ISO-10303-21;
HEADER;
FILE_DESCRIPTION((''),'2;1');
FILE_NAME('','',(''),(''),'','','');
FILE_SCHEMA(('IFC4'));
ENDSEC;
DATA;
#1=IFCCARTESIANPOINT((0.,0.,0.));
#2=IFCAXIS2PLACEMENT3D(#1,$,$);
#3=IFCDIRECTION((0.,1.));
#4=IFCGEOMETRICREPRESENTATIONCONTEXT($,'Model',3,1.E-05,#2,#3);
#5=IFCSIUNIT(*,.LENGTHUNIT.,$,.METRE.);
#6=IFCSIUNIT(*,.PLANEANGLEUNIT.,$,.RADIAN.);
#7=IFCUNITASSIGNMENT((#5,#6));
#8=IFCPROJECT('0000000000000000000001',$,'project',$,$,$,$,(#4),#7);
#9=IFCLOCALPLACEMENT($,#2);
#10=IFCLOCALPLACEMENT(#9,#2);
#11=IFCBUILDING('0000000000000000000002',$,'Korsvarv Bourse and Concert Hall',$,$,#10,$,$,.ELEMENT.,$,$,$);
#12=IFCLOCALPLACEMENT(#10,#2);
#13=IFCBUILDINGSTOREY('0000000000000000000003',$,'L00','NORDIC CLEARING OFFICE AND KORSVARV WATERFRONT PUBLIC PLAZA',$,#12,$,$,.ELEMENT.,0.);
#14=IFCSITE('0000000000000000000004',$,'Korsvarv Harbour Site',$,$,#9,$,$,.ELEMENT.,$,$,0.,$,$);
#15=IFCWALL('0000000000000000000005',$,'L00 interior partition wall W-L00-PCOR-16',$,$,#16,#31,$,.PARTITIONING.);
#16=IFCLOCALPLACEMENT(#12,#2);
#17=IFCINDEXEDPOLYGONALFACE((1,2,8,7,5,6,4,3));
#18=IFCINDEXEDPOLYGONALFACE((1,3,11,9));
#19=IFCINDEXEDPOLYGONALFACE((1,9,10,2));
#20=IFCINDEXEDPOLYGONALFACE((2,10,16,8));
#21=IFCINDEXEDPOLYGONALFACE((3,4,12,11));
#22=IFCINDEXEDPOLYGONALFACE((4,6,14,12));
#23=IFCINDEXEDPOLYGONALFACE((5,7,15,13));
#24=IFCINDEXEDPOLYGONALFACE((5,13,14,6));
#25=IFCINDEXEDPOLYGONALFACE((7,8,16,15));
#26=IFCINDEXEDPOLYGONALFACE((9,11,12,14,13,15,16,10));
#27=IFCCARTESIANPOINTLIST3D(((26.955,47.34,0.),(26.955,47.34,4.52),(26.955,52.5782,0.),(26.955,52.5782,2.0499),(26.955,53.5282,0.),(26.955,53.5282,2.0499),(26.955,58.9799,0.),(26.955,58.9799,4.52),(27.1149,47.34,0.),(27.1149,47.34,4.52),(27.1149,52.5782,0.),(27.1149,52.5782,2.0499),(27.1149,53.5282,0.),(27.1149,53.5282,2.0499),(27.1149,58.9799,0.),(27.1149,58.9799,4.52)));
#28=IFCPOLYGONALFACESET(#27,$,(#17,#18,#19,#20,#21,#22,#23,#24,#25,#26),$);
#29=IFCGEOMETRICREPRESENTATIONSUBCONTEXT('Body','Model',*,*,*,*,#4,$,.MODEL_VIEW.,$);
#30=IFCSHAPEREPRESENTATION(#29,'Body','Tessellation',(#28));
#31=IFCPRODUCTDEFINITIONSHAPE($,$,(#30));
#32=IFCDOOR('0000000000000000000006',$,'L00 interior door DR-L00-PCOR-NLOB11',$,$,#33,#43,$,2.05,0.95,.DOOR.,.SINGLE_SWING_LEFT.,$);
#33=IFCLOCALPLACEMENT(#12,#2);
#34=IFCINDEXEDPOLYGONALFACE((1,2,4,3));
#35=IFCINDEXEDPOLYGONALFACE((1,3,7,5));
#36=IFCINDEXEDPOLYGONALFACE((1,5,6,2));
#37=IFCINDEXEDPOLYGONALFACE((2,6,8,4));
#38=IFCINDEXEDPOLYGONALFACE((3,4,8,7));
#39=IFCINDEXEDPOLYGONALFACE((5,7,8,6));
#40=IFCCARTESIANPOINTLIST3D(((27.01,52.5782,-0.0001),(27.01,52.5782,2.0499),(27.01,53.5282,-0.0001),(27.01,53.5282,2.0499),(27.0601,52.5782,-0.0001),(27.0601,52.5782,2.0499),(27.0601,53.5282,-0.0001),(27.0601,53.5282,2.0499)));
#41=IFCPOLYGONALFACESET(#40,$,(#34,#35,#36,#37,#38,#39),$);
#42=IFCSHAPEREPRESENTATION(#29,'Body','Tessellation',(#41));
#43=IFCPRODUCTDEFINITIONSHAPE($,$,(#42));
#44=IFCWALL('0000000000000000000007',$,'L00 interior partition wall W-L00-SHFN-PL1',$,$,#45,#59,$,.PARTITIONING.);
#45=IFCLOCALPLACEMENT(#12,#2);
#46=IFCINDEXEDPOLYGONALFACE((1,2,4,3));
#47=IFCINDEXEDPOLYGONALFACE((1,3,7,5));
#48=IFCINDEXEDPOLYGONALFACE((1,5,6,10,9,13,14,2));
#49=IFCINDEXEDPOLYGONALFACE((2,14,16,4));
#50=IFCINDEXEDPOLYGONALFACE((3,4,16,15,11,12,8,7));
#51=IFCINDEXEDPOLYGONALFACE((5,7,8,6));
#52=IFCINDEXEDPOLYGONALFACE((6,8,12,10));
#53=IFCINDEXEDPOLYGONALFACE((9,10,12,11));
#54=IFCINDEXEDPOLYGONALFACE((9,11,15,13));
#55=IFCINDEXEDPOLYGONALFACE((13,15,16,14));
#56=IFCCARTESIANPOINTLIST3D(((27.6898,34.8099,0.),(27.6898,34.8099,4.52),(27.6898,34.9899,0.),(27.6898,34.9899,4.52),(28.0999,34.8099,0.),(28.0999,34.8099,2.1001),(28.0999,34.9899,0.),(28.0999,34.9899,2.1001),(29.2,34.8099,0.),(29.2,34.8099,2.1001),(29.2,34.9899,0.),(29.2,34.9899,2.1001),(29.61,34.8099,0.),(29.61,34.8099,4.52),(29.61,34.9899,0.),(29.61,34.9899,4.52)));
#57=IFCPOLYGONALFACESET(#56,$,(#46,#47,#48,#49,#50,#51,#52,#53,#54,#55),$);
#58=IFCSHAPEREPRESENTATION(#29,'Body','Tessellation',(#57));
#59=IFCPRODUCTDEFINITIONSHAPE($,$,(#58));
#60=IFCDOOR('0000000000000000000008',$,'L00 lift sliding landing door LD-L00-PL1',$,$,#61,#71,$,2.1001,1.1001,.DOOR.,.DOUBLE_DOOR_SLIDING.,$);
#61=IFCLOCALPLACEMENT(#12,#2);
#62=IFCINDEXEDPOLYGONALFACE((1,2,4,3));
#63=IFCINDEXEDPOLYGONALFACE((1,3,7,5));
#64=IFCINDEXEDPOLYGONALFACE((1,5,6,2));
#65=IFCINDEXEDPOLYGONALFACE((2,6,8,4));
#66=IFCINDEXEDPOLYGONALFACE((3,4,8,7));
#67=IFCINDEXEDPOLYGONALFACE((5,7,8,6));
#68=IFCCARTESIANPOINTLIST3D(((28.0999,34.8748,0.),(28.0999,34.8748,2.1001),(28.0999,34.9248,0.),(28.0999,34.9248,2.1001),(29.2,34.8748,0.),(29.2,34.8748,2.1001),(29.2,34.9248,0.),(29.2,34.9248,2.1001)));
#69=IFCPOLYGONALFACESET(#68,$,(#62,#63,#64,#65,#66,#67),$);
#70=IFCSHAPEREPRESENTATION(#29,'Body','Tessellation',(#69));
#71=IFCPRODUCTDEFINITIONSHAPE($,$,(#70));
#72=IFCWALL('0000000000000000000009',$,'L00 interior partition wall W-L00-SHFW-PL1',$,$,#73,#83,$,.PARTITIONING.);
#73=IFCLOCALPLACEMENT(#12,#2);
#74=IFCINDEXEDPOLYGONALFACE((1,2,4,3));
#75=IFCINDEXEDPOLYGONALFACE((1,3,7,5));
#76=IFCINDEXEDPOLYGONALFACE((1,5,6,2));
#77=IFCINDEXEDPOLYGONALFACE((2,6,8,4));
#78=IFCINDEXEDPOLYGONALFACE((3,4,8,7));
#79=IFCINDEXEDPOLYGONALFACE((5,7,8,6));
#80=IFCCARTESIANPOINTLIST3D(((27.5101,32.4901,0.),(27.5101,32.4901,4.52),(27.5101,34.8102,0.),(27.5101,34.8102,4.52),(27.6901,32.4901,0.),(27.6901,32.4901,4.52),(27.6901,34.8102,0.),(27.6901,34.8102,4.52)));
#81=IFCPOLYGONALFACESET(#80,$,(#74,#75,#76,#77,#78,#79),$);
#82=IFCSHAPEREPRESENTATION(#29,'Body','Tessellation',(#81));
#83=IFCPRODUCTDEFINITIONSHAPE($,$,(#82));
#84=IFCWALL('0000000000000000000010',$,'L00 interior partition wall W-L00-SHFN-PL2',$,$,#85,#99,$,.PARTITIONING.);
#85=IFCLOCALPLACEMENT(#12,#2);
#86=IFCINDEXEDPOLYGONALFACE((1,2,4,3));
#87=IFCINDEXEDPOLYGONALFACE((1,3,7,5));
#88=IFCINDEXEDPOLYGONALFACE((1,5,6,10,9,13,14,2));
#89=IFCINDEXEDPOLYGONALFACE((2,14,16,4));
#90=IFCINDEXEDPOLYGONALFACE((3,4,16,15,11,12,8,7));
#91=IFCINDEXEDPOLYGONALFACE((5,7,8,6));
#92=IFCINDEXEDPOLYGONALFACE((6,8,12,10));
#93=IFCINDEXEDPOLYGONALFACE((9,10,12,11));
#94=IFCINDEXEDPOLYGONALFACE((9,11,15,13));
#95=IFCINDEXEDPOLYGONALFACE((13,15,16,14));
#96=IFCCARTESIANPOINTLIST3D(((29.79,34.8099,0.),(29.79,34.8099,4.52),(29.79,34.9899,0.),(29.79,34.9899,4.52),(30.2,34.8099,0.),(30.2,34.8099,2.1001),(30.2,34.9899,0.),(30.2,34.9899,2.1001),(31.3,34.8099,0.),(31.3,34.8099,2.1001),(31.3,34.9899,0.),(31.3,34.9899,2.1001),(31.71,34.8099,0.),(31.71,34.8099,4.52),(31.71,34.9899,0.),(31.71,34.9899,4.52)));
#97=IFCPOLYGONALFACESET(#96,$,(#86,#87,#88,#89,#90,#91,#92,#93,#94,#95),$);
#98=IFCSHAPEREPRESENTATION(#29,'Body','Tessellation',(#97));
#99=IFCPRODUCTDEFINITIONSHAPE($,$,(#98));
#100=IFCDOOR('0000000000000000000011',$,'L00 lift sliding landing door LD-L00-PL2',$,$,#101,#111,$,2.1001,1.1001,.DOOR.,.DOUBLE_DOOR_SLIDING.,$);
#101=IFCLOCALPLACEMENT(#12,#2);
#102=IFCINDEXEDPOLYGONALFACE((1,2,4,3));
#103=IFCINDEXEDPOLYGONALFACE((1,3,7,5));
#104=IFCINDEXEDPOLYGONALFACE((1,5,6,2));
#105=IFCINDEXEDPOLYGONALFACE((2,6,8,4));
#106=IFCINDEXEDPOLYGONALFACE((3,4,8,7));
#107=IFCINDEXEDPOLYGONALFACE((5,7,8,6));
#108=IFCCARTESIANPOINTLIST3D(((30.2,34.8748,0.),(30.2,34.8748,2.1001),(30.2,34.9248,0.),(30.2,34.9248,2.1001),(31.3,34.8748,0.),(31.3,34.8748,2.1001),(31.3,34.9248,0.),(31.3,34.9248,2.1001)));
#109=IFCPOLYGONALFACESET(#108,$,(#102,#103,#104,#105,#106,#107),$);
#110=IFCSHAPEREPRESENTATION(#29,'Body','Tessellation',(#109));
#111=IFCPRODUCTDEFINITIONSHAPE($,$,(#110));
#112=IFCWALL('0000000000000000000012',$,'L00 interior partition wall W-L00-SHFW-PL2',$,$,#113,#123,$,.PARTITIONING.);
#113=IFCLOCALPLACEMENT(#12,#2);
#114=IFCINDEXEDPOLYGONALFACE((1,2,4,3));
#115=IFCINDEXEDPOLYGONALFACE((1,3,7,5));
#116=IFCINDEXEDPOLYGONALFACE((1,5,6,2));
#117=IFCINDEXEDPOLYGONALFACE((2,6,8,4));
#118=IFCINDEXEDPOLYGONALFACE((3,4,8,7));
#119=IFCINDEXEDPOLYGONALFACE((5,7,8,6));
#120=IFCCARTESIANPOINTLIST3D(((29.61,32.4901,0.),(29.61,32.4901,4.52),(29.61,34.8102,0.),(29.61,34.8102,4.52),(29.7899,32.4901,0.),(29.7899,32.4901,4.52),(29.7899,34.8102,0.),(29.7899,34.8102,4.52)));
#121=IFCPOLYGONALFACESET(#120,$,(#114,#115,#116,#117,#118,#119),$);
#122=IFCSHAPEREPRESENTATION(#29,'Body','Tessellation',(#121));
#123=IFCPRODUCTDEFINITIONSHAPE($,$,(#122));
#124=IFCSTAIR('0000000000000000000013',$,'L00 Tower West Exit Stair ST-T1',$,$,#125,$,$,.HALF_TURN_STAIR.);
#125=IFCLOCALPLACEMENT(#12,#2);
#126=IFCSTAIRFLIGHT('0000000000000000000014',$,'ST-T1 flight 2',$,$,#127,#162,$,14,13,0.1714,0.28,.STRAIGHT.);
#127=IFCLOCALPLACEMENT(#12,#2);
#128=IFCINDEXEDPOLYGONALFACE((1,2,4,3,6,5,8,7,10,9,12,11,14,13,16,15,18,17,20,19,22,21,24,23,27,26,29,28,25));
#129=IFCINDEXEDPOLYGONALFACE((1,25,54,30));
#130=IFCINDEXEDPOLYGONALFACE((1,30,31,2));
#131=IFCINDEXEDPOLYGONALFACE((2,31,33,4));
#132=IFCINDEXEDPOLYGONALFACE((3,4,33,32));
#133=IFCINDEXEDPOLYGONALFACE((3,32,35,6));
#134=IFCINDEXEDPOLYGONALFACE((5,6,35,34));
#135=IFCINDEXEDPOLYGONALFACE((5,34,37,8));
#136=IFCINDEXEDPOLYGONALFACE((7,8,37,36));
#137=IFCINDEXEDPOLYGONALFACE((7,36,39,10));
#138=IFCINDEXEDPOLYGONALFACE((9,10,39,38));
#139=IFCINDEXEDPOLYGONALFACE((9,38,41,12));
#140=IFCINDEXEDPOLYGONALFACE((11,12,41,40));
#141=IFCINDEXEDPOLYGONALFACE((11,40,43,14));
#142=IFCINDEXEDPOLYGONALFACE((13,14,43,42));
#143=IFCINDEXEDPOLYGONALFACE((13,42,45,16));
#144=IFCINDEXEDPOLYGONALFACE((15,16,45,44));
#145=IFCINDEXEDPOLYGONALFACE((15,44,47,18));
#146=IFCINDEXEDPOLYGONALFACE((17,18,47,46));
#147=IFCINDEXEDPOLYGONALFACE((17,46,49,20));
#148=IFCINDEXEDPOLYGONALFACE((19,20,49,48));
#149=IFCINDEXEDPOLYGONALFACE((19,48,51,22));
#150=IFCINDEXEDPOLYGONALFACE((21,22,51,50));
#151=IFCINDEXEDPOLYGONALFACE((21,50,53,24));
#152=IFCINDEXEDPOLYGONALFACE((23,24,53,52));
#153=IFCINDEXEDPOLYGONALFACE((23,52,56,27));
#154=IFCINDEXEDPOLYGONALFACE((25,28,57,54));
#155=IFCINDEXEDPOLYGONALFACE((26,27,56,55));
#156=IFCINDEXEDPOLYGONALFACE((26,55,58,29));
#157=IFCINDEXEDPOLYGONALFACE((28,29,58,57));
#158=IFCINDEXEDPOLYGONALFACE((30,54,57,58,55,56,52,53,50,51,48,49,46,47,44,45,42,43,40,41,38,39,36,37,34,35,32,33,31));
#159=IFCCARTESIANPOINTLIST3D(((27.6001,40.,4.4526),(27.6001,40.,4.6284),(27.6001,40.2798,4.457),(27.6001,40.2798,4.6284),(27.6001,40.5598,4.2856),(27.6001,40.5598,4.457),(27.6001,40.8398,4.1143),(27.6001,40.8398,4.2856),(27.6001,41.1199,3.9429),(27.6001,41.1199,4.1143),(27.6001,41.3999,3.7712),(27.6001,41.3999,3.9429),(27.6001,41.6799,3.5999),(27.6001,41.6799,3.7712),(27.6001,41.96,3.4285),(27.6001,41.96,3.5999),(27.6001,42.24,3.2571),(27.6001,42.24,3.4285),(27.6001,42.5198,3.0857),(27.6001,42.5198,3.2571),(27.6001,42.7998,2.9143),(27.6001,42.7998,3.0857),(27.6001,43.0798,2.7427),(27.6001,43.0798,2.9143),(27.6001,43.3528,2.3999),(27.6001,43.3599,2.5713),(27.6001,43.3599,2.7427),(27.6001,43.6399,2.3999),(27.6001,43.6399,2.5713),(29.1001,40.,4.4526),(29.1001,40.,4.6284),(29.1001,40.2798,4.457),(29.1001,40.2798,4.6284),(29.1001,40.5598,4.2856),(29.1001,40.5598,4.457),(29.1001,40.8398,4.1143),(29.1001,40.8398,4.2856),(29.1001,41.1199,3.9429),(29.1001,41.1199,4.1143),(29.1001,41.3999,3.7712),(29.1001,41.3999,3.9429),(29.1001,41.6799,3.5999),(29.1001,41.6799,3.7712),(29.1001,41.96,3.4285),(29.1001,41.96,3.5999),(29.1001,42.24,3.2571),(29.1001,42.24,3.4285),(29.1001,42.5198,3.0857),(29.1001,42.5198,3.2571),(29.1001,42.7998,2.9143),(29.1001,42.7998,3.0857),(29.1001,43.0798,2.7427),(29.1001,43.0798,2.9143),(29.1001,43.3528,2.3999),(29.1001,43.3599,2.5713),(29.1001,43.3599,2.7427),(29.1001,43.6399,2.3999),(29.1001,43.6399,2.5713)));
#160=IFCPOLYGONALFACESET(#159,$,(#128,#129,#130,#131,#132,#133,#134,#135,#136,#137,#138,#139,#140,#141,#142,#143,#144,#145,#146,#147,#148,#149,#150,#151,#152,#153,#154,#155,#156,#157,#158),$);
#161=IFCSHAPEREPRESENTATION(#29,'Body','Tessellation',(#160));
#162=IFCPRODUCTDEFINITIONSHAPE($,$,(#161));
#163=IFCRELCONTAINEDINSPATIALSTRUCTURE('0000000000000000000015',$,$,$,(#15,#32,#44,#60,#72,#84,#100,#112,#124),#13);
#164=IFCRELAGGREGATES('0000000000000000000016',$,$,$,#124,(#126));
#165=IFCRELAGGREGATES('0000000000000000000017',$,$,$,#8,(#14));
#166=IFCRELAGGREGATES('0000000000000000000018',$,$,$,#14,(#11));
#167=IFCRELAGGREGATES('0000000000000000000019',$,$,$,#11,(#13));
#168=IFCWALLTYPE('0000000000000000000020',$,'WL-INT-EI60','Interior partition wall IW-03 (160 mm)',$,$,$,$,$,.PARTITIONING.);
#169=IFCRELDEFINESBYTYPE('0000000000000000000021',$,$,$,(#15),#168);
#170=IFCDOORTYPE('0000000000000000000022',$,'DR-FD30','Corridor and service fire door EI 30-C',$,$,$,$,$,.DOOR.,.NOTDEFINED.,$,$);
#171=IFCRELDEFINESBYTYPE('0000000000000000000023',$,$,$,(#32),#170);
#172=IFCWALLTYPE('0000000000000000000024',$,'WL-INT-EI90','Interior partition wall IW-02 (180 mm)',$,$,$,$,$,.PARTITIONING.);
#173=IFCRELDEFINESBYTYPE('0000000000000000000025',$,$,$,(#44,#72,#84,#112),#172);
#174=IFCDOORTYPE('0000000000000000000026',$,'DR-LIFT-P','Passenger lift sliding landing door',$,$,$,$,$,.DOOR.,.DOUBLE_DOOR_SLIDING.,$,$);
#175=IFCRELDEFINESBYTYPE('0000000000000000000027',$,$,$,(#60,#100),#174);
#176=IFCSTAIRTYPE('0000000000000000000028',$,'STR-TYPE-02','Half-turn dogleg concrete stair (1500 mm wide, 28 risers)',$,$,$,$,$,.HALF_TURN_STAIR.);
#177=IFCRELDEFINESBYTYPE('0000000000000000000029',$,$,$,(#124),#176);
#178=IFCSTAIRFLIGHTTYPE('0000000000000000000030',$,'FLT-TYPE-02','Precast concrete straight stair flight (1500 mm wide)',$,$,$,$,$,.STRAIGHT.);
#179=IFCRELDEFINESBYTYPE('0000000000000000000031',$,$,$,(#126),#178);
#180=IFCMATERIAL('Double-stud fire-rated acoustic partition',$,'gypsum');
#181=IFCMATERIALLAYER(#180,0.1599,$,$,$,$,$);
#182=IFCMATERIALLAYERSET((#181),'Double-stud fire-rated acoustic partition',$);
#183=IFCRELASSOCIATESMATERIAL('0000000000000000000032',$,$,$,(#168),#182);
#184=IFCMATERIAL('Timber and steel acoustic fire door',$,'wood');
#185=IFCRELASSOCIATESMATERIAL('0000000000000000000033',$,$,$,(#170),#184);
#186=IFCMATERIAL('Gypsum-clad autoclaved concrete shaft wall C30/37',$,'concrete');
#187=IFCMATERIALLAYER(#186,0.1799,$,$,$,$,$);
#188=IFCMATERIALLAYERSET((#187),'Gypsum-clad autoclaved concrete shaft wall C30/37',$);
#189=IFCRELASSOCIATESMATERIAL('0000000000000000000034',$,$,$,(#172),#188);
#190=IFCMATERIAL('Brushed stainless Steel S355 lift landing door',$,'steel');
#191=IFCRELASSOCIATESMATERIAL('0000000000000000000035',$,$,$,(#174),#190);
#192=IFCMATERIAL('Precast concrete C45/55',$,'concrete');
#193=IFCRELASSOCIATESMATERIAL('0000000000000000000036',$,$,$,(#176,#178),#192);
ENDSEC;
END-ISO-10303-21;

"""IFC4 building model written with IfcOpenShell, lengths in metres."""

from ifc_helpers import new_model, si_unit, direction, frame, frame_2d, origin, place, context, subcontext, project, spatial, polyline, rectangle, outline, extrude, material, layer, layer_set, type_object, element, fill, aggregate, save


model = new_model("IFC4")

# Units and contexts
model_context = context("Model", 3, precision=1e-05, world=origin(), true_north=direction((0.0, 1.0)))
body_context = subcontext(model_context, "Body", "Model", "MODEL_VIEW")
ifc_project = project(units=[si_unit("LENGTHUNIT", "METRE"), si_unit("PLANEANGLEUNIT", "RADIAN")], contexts=[model_context])

# Site, building, storey
site_placement = place(None, origin())
site = spatial("IfcSite", under=ifc_project, at=site_placement, Name="Korsvarv Harbour Site", CompositionType="ELEMENT", RefElevation=0.0)
building_placement = place(site_placement, origin())
building = spatial("IfcBuilding", under=site, at=building_placement, Name="Korsvarv Bourse and Concert Hall", CompositionType="ELEMENT")
storey_placement = place(building_placement, origin())
storey = spatial("IfcBuildingStorey", under=building, at=storey_placement, Name="L00", Description="NORDIC CLEARING OFFICE AND KORSVARV WATERFRONT PUBLIC PLAZA", CompositionType="ELEMENT", Elevation=0.0)

# Walls, openings, doors
ifc_material_1 = material(Name="Double-stud fire-rated acoustic partition", Category="gypsum")
ifc_layer_1 = layer(ifc_material_1, 0.1599)
ifc_layer_set_1 = layer_set([ifc_layer_1], Name="Double-stud fire-rated acoustic partition")
wall_type_1 = type_object("IfcWallType", Name="WL-INT-EI60", Description="Interior partition wall IW-03 (160 mm)", PredefinedType="PARTITIONING", material=ifc_layer_set_1)
wall_1_placement = place(storey_placement, frame((27.0349, 47.3401, 0.0), z_axis=(0.0, 0.0, 1.0), x_axis=(0.0, 1.0, 0.0)))
wall_1 = element("IfcWall", 1, at=wall_1_placement, inside=storey, type_object=wall_type_1, Name="L00 interior partition wall W-L00-PCOR-16", PredefinedType="PARTITIONING", context=body_context, shape_type="SweptSolid", body=[
    extrude(rectangle(XDim=11.6399, YDim=0.1599, at=frame_2d((5.8198, 0.0))), origin(), (0.0, 0.0, 1.0), 4.52),
])
opening_1_placement = place(wall_1_placement, frame((5.238, 0.0, 0.0)))
opening_1 = element("IfcOpeningElement", 2, at=opening_1_placement, cuts=wall_1, PredefinedType="OPENING", context=body_context, shape_type="SweptSolid", body=[
    extrude(rectangle(XDim=0.95, YDim=2.05, at=frame_2d((0.4751, 1.0249))), frame((0.0, 0.0898, 0.0), z_axis=(0.0, -1.0, 0.0), x_axis=(1.0, 0.0, 0.0)), (0.0, 0.0, 1.0), 0.1799),
])
ifc_material_2 = material(Name="Timber and steel acoustic fire door", Category="wood")
door_type_1 = type_object("IfcDoorType", Name="DR-FD30", Description="Corridor and service fire door EI 30-C", OperationType="NOTDEFINED", PredefinedType="DOOR", material=ifc_material_2)
door_1_placement = place(opening_1_placement, origin())
door_1 = element("IfcDoor", 3, at=door_1_placement, inside=storey, type_object=door_type_1, Name="L00 interior door DR-L00-PCOR-NLOB11", OperationType="SINGLE_SWING_LEFT", OverallHeight=2.05, OverallWidth=0.95, PredefinedType="DOOR", context=body_context, shape_type="SweptSolid", body=[
    extrude(rectangle(XDim=0.95, YDim=2.05, at=frame_2d((0.4751, 1.0249))), frame((0.0, 0.0249, 0.0), z_axis=(0.0, -1.0, 0.0), x_axis=(1.0, 0.0, 0.0)), (0.0, 0.0, 1.0), 0.05),
])
fill(opening_1, door_1)
ifc_material_3 = material(Name="Gypsum-clad autoclaved concrete shaft wall C30/37", Category="concrete")
ifc_layer_2 = layer(ifc_material_3, 0.1799)
ifc_layer_set_2 = layer_set([ifc_layer_2], Name="Gypsum-clad autoclaved concrete shaft wall C30/37")
wall_type_2 = type_object("IfcWallType", Name="WL-INT-EI90", Description="Interior partition wall IW-02 (180 mm)", PredefinedType="PARTITIONING", material=ifc_layer_set_2)
wall_2_placement = place(storey_placement, frame((27.6899, 34.8999, 0.0), z_axis=(0.0, 0.0, 1.0), x_axis=(1.0, 0.0, 0.0)))
wall_2 = element("IfcWall", 4, at=wall_2_placement, inside=storey, type_object=wall_type_2, Name="L00 interior partition wall W-L00-SHFN-PL1", PredefinedType="PARTITIONING", context=body_context, shape_type="SweptSolid", body=[
    extrude(rectangle(XDim=1.9202, YDim=0.1799, at=frame_2d((0.96, 0.0))), origin(), (0.0, 0.0, 1.0), 4.52),
])
opening_2_placement = place(wall_2_placement, frame((0.4099, 0.0, 0.0)))
opening_2 = element("IfcOpeningElement", 5, at=opening_2_placement, cuts=wall_2, PredefinedType="OPENING", context=body_context, shape_type="SweptSolid", body=[
    extrude(rectangle(XDim=1.1001, YDim=2.1001, at=frame_2d((0.55, 1.05))), frame((0.0, 0.1001, 0.0), z_axis=(0.0, -1.0, 0.0), x_axis=(1.0, 0.0, 0.0)), (0.0, 0.0, 1.0), 0.2),
])
ifc_material_4 = material(Name="Brushed stainless Steel S355 lift landing door", Category="steel")
door_type_2 = type_object("IfcDoorType", Name="DR-LIFT-P", Description="Passenger lift sliding landing door", OperationType="DOUBLE_DOOR_SLIDING", PredefinedType="DOOR", material=ifc_material_4)
door_2_placement = place(opening_2_placement, origin())
door_2 = element("IfcDoor", 6, at=door_2_placement, inside=storey, type_object=door_type_2, Name="L00 lift sliding landing door LD-L00-PL1", OperationType="DOUBLE_DOOR_SLIDING", OverallHeight=2.1001, OverallWidth=1.1001, PredefinedType="DOOR", context=body_context, shape_type="SweptSolid", body=[
    extrude(rectangle(XDim=1.1001, YDim=2.1001, at=frame_2d((0.55, 1.05))), frame((0.0, 0.0249, 0.0), z_axis=(0.0, -1.0, 0.0), x_axis=(1.0, 0.0, 0.0)), (0.0, 0.0, 1.0), 0.05),
])
fill(opening_2, door_2)

# Wall
wall_3_placement = place(storey_placement, frame((27.6001, 32.49, 0.0), z_axis=(0.0, 0.0, 1.0), x_axis=(0.0, 1.0, 0.0)))
element("IfcWall", 7, at=wall_3_placement, inside=storey, type_object=wall_type_2, Name="L00 interior partition wall W-L00-SHFW-PL1", PredefinedType="PARTITIONING", context=body_context, shape_type="SweptSolid", body=[
    extrude(rectangle(XDim=2.3201, YDim=0.1799, at=frame_2d((1.1602, 0.0))), origin(), (0.0, 0.0, 1.0), 4.52),
])

# Wall, opening, door
wall_4_placement = place(storey_placement, frame((29.79, 34.8999, 0.0), z_axis=(0.0, 0.0, 1.0), x_axis=(1.0, 0.0, 0.0)))
wall_4 = element("IfcWall", 8, at=wall_4_placement, inside=storey, type_object=wall_type_2, Name="L00 interior partition wall W-L00-SHFN-PL2", PredefinedType="PARTITIONING", context=body_context, shape_type="SweptSolid", body=[
    extrude(rectangle(XDim=1.9199, YDim=0.1799, at=frame_2d((0.96, 0.0))), origin(), (0.0, 0.0, 1.0), 4.52),
])
opening_3_placement = place(wall_4_placement, frame((0.4099, 0.0, 0.0)))
opening_3 = element("IfcOpeningElement", 9, at=opening_3_placement, cuts=wall_4, PredefinedType="OPENING", context=body_context, shape_type="SweptSolid", body=[
    extrude(rectangle(XDim=1.1001, YDim=2.1001, at=frame_2d((0.55, 1.05))), frame((0.0, 0.1001, 0.0), z_axis=(0.0, -1.0, 0.0), x_axis=(1.0, 0.0, 0.0)), (0.0, 0.0, 1.0), 0.2),
])
door_3_placement = place(opening_3_placement, origin())
door_3 = element("IfcDoor", 10, at=door_3_placement, inside=storey, type_object=door_type_2, Name="L00 lift sliding landing door LD-L00-PL2", OperationType="DOUBLE_DOOR_SLIDING", OverallHeight=2.1001, OverallWidth=1.1001, PredefinedType="DOOR", context=body_context, shape_type="SweptSolid", body=[
    extrude(rectangle(XDim=1.1001, YDim=2.1001, at=frame_2d((0.55, 1.05))), frame((0.0, 0.0249, 0.0), z_axis=(0.0, -1.0, 0.0), x_axis=(1.0, 0.0, 0.0)), (0.0, 0.0, 1.0), 0.05),
])
fill(opening_3, door_3)

# Wall
wall_5_placement = place(storey_placement, frame((29.7, 32.49, 0.0), z_axis=(0.0, 0.0, 1.0), x_axis=(0.0, 1.0, 0.0)))
element("IfcWall", 11, at=wall_5_placement, inside=storey, type_object=wall_type_2, Name="L00 interior partition wall W-L00-SHFW-PL2", PredefinedType="PARTITIONING", context=body_context, shape_type="SweptSolid", body=[
    extrude(rectangle(XDim=2.3201, YDim=0.1799, at=frame_2d((1.1602, 0.0))), origin(), (0.0, 0.0, 1.0), 4.52),
])

# Stair, stair flight
ifc_material_5 = material(Name="Precast concrete C45/55", Category="concrete")
stair_type = type_object("IfcStairType", Name="STR-TYPE-02", Description="Half-turn dogleg concrete stair (1500 mm wide, 28 risers)", PredefinedType="HALF_TURN_STAIR", material=ifc_material_5)
stair_placement = place(storey_placement, origin())
stair = element("IfcStair", 12, at=stair_placement, inside=storey, type_object=stair_type, Name="L00 Tower West Exit Stair ST-T1", PredefinedType="HALF_TURN_STAIR")
stair_flight_type = type_object("IfcStairFlightType", Name="FLT-TYPE-02", Description="Precast concrete straight stair flight (1500 mm wide)", PredefinedType="STRAIGHT", material=ifc_material_5)
stair_flight_placement = place(storey_placement, frame((28.3501, 43.6399, 2.3999), z_axis=(0.0, 0.0, 1.0), x_axis=(0.0, -1.0, 0.0)))
stair_flight = element("IfcStairFlight", 13, at=stair_flight_placement, type_object=stair_flight_type, Name="ST-T1 flight 2", NumberOfRisers=14, NumberOfTreads=13, PredefinedType="STRAIGHT", RiserHeight=0.1714, TreadLength=0.28, context=body_context, shape_type="SweptSolid", body=[
    extrude(outline(polyline([(0.0, 0.0), (0.0, 0.1714), (0.28, 0.1714), (0.28, 0.3428), (0.5601, 0.3428), (0.5601, 0.5144), (0.8401, 0.5144), (0.8401, 0.6858), (1.1201, 0.6858), (1.1201, 0.8572), (1.3999, 0.8572), (1.3999, 1.0286), (1.6799, 1.0286), (1.6799, 1.2), (1.96, 1.2), (1.96, 1.3713), (2.24, 1.3713), (2.24, 1.543), (2.52, 1.543), (2.52, 1.7144), (2.8, 1.7144), (2.8, 1.8857), (3.0801, 1.8857), (3.0801, 2.0571), (3.3601, 2.0571), (3.3601, 2.2285), (3.6399, 2.2285), (3.6399, 2.3999), (3.6399, 2.0527), (0.2871, 0.0), (0.0, 0.0)])), frame((0.0, 0.75, 0.0), z_axis=(0.0, -1.0, 0.0), x_axis=(1.0, 0.0, 0.0)), (0.0, 0.0, 1.0), 1.5),
])
aggregate(stair, [stair_flight])

save(model, "model.ifc")
